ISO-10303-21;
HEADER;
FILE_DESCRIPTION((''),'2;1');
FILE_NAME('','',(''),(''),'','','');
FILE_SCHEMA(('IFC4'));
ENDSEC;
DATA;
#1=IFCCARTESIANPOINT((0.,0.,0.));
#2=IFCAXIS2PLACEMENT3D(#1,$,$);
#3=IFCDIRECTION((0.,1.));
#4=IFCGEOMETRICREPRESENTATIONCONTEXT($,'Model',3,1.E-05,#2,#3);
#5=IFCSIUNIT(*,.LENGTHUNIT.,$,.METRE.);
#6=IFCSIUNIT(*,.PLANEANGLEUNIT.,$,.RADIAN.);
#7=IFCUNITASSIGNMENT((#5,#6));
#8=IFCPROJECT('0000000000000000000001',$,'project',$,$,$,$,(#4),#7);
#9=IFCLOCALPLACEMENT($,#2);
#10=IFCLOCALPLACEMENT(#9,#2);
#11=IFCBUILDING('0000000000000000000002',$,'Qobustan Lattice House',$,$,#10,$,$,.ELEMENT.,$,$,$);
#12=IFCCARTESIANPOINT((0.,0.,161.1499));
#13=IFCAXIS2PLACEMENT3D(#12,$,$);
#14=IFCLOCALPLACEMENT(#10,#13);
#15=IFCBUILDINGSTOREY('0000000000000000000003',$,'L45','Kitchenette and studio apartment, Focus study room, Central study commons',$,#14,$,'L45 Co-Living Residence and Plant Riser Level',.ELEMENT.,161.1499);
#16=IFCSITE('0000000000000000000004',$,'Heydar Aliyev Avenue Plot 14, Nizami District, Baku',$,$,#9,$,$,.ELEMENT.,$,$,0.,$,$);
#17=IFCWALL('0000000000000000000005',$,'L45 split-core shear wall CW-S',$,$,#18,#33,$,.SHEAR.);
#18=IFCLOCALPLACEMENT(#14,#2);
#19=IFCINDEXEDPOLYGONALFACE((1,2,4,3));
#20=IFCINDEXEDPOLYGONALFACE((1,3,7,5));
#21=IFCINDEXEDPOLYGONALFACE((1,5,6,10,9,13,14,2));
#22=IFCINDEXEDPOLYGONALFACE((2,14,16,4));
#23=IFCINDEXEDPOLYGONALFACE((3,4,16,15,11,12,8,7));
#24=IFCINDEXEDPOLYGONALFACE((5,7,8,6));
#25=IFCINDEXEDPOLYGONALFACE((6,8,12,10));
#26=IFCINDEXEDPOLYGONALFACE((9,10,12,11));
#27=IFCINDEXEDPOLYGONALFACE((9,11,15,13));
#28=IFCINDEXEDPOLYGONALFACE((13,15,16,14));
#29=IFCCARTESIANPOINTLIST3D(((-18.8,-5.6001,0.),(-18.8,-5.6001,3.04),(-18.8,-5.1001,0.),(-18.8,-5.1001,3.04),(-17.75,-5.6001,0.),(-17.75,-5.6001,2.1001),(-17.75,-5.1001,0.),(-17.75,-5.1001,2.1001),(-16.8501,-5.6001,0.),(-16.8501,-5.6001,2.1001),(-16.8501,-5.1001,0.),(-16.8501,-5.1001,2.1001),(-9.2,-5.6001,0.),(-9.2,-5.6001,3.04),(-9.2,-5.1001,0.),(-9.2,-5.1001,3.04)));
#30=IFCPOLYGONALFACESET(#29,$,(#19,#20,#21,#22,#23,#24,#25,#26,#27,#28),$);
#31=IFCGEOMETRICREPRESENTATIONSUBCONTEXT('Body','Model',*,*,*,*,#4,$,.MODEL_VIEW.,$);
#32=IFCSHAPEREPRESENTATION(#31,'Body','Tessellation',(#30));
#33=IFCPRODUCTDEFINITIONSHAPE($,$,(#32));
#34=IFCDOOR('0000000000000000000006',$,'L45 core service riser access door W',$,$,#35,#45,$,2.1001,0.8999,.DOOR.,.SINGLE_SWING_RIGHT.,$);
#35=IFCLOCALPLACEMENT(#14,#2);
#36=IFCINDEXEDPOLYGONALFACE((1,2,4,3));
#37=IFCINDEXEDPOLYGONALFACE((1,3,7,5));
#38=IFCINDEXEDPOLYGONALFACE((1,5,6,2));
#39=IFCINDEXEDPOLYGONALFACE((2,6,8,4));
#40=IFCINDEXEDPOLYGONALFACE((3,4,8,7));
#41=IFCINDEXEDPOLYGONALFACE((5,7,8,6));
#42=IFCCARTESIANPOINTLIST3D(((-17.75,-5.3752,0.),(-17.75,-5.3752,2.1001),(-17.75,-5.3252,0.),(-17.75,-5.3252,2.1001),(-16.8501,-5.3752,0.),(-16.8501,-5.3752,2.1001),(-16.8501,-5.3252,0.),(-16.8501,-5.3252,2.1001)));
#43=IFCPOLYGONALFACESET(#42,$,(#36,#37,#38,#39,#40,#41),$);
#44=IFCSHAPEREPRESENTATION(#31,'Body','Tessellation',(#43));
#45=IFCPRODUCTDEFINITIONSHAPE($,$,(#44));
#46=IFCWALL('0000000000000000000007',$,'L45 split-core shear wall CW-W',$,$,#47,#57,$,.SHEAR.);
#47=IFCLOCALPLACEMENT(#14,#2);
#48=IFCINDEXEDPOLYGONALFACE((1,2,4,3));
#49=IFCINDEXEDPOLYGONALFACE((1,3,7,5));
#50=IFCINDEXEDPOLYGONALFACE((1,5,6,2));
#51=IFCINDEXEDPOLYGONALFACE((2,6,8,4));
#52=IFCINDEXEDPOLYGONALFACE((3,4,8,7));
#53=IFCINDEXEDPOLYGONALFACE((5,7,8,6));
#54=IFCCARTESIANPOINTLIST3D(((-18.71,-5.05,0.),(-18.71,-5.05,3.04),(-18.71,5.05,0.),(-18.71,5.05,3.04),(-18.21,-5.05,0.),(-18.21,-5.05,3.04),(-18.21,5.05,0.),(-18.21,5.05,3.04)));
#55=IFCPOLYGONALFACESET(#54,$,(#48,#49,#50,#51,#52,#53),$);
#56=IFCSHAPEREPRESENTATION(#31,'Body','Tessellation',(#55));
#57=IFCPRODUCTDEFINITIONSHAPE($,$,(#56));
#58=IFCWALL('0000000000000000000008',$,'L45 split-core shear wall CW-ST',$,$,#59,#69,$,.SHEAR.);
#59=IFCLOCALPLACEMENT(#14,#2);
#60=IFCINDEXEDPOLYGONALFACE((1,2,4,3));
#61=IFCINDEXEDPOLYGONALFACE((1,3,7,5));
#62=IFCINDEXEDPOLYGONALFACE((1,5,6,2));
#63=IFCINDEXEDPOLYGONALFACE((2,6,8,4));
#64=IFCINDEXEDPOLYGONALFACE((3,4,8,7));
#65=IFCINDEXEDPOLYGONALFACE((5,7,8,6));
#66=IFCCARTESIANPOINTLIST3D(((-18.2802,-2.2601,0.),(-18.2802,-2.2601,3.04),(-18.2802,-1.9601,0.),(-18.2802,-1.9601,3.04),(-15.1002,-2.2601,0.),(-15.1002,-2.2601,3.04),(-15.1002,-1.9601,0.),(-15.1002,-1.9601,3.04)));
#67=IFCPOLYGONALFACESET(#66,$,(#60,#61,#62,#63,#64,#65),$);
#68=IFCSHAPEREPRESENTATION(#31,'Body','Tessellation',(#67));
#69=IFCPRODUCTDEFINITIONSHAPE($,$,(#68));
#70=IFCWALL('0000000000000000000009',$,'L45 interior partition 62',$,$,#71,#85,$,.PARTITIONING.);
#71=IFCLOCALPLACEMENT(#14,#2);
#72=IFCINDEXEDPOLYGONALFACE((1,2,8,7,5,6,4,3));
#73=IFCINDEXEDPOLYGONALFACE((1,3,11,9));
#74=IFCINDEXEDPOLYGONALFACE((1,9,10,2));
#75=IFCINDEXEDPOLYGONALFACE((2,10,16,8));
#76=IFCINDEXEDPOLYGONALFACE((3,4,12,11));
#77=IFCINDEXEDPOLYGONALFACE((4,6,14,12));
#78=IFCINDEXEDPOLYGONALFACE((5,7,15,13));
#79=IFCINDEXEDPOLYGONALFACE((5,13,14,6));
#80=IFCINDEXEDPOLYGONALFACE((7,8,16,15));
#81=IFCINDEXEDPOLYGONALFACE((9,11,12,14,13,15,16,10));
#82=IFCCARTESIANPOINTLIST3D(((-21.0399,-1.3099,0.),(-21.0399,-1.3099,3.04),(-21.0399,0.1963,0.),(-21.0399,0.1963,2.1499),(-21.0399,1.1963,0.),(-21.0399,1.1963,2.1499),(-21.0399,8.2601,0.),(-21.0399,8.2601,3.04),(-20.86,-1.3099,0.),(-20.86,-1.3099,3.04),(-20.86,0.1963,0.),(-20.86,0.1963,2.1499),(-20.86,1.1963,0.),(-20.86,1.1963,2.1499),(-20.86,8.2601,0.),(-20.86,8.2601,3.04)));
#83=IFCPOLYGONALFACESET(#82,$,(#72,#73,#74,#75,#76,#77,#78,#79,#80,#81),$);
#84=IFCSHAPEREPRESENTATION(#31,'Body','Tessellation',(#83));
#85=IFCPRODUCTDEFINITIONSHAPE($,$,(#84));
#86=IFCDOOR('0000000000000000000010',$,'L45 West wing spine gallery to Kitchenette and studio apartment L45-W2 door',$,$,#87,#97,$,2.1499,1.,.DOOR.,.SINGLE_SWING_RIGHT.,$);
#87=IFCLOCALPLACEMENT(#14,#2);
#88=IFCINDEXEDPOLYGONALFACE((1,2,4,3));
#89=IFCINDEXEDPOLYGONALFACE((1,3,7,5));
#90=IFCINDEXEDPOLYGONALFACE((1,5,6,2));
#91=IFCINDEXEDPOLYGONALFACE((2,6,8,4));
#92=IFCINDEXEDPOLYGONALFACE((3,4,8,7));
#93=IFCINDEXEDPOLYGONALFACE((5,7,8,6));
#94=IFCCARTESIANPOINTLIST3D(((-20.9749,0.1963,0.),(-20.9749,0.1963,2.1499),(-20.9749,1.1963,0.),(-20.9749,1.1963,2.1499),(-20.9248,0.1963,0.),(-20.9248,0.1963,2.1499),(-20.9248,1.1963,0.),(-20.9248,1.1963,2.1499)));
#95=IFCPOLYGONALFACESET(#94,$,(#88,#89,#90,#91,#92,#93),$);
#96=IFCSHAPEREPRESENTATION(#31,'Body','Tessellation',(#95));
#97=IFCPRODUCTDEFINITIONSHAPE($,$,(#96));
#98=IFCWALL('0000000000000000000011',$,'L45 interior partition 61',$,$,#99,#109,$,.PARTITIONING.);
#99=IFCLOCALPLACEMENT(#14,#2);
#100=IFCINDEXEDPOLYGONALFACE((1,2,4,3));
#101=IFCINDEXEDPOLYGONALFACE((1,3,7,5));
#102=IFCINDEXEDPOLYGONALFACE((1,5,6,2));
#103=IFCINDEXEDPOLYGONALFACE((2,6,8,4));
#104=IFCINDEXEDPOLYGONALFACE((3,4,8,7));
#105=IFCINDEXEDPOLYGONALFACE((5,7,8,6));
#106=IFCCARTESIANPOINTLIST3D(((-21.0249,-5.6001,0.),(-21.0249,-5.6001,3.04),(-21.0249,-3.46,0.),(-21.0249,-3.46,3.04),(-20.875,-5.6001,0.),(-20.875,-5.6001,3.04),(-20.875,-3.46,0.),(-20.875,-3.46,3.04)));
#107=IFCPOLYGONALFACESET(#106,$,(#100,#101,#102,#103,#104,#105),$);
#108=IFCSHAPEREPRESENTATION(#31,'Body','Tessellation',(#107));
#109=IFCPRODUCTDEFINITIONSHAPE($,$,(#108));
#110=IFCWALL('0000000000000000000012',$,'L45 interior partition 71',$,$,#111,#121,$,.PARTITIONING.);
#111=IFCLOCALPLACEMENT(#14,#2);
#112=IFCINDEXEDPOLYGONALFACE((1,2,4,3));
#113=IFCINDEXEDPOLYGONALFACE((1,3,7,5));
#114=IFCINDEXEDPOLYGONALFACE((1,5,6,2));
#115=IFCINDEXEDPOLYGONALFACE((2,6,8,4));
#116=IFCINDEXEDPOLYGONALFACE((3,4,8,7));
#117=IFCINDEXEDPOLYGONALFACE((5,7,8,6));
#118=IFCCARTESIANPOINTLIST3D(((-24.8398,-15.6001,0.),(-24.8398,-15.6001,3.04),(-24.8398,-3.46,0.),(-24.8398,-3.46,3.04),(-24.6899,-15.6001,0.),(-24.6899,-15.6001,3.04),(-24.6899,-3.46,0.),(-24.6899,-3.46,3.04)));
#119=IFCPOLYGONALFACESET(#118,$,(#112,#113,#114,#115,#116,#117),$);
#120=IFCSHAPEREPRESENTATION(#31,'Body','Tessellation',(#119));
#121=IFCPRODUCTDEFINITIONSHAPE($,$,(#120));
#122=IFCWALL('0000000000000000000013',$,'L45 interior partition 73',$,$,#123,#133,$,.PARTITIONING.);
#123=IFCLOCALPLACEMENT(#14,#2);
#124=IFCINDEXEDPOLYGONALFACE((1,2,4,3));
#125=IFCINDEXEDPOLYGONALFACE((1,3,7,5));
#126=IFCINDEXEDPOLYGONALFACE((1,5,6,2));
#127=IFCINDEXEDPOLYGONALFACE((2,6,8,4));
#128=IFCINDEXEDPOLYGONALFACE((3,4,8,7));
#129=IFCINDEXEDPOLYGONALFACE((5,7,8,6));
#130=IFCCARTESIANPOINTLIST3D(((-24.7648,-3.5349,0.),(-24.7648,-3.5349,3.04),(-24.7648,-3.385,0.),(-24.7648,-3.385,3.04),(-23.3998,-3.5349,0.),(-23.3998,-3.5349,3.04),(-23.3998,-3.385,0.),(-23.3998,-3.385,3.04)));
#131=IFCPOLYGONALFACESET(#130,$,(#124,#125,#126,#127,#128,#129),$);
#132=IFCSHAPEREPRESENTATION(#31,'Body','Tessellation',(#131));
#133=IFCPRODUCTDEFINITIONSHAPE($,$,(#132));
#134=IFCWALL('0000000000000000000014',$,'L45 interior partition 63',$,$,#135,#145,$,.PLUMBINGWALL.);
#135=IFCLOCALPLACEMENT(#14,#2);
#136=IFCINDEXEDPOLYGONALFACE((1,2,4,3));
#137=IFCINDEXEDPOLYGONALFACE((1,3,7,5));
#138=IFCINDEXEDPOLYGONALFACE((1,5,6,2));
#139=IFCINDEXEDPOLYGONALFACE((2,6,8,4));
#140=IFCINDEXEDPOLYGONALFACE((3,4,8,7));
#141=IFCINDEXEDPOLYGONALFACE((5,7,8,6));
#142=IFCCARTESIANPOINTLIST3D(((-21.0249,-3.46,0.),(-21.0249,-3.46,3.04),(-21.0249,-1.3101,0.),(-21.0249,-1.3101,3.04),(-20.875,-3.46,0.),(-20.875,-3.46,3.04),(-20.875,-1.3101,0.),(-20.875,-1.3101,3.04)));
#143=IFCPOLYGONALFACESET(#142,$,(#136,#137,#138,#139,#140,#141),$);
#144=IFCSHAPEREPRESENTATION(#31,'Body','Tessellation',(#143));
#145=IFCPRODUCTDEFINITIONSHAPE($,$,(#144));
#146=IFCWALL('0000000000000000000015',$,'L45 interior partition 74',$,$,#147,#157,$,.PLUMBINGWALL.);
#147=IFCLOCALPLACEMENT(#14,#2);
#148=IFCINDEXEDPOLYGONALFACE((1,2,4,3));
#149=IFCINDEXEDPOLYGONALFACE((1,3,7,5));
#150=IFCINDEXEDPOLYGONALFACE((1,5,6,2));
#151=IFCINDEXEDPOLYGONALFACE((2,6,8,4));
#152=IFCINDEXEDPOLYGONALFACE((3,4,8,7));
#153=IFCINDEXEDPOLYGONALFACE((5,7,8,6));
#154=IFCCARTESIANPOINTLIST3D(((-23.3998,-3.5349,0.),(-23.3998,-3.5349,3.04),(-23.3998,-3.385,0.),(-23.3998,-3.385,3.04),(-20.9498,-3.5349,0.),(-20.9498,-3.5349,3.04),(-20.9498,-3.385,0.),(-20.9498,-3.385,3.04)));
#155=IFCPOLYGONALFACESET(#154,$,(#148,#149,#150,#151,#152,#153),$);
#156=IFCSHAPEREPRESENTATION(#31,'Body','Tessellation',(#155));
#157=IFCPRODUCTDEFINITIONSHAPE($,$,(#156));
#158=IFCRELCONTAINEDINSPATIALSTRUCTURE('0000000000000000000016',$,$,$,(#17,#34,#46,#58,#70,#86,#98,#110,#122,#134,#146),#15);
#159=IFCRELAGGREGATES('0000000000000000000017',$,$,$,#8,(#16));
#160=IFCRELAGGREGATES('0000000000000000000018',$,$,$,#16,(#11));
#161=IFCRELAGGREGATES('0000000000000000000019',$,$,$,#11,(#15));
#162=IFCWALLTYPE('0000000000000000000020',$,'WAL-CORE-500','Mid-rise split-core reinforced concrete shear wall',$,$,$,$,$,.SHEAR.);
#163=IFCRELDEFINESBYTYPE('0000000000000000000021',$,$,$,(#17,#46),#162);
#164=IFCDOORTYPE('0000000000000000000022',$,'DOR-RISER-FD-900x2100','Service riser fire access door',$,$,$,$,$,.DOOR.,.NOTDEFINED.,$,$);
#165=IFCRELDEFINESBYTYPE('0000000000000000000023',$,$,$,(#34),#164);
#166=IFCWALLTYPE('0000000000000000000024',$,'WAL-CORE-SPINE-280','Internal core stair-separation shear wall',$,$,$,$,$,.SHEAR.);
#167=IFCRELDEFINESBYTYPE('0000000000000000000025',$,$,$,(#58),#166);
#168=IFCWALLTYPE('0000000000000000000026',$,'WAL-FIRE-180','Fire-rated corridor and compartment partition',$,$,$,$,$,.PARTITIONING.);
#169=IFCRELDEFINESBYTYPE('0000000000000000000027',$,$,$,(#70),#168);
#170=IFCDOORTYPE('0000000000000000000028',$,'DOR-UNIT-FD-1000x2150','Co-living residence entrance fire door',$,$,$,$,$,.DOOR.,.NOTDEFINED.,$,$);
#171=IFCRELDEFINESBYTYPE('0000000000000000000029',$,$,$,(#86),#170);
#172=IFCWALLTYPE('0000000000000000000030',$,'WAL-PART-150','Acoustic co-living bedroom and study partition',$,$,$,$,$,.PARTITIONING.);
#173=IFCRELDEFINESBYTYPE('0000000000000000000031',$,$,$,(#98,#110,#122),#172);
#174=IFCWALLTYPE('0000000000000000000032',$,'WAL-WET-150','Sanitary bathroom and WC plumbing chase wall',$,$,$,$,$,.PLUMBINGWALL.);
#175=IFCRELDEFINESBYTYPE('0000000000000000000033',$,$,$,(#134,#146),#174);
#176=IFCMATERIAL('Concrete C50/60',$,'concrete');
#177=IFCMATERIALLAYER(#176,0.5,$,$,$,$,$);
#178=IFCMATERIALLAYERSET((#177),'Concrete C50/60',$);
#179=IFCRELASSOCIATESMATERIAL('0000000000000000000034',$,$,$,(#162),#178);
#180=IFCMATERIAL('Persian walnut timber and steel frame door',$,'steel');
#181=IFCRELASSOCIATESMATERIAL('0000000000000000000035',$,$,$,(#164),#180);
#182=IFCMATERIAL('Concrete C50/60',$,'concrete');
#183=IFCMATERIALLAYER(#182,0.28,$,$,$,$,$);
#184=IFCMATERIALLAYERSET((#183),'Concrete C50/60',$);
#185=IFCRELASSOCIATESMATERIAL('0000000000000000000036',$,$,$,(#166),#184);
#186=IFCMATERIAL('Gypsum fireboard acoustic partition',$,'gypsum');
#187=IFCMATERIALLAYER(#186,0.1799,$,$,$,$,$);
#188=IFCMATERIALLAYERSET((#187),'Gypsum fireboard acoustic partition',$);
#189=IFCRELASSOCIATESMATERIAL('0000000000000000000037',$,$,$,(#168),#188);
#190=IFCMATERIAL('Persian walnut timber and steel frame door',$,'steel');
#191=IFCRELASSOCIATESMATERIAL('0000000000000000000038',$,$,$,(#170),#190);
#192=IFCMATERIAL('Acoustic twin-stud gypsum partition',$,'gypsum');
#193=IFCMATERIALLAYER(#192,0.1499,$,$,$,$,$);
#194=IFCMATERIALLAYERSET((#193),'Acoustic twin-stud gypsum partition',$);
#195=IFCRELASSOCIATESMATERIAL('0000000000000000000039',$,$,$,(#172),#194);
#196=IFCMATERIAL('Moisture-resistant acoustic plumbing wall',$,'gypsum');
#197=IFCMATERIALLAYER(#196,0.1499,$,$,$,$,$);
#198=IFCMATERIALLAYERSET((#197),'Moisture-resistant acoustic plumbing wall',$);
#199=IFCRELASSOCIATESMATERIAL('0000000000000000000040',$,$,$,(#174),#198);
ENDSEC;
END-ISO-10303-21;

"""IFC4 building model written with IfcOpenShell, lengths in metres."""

from ifc_helpers import new_model, si_unit, direction, frame, frame_2d, origin, place, context, subcontext, project, spatial, rectangle, extrude, material, layer, layer_set, type_object, element, fill, save


model = new_model("IFC4")

# Units and contexts
model_context = context("Model", 3, precision=1e-05, world=origin(), true_north=direction((0.0, 1.0)))
body_context = subcontext(model_context, "Body", "Model", "MODEL_VIEW")
ifc_project = project(units=[si_unit("LENGTHUNIT", "METRE"), si_unit("PLANEANGLEUNIT", "RADIAN")], contexts=[model_context])

# Site, building, storey
site_placement = place(None, origin())
site = spatial("IfcSite", under=ifc_project, at=site_placement, Name="Heydar Aliyev Avenue Plot 14, Nizami District, Baku", CompositionType="ELEMENT", RefElevation=0.0)
building_placement = place(site_placement, origin())
building = spatial("IfcBuilding", under=site, at=building_placement, Name="Qobustan Lattice House", CompositionType="ELEMENT")
storey_placement = place(building_placement, frame((0.0, 0.0, 161.1499)))
storey = spatial("IfcBuildingStorey", under=building, at=storey_placement, Name="L45", Description="Kitchenette and studio apartment, Focus study room, Central study commons", LongName="L45 Co-Living Residence and Plant Riser Level", CompositionType="ELEMENT", Elevation=161.1499)

# Wall, opening, door
ifc_material_1 = material(Name="Concrete C50/60", Category="concrete")
ifc_layer_1 = layer(ifc_material_1, 0.5)
ifc_layer_set_1 = layer_set([ifc_layer_1], Name="Concrete C50/60")
wall_type_1 = type_object("IfcWallType", Name="WAL-CORE-500", Description="Mid-rise split-core reinforced concrete shear wall", PredefinedType="SHEAR", material=ifc_layer_set_1)
wall_1_placement = place(storey_placement, frame((-18.8, -5.3501, 0.0), z_axis=(0.0, 0.0, 1.0), x_axis=(1.0, 0.0, 0.0)))
wall_1 = element("IfcWall", 1, at=wall_1_placement, inside=storey, type_object=wall_type_1, Name="L45 split-core shear wall CW-S", PredefinedType="SHEAR", context=body_context, shape_type="SweptSolid", body=[
    extrude(rectangle(XDim=9.6001, YDim=0.5, at=frame_2d((4.8, 0.0))), origin(), (0.0, 0.0, 1.0), 3.04),
])
opening_1_placement = place(wall_1_placement, frame((1.05, 0.0, 0.0)))
opening_1 = element("IfcOpeningElement", 2, at=opening_1_placement, cuts=wall_1, PredefinedType="OPENING", context=body_context, shape_type="SweptSolid", body=[
    extrude(rectangle(XDim=0.8999, YDim=2.1001, at=frame_2d((0.45, 1.05))), frame((0.0, 0.26, 0.0), z_axis=(0.0, -1.0, 0.0), x_axis=(1.0, 0.0, 0.0)), (0.0, 0.0, 1.0), 0.52),
])
ifc_material_2 = material(Name="Persian walnut timber and steel frame door", Category="steel")
door_type_1 = type_object("IfcDoorType", Name="DOR-RISER-FD-900x2100", Description="Service riser fire access door", OperationType="NOTDEFINED", PredefinedType="DOOR", material=ifc_material_2)
door_1_placement = place(opening_1_placement, origin())
door_1 = element("IfcDoor", 3, at=door_1_placement, inside=storey, type_object=door_type_1, Name="L45 core service riser access door W", OperationType="SINGLE_SWING_RIGHT", OverallHeight=2.1001, OverallWidth=0.8999, PredefinedType="DOOR", context=body_context, shape_type="SweptSolid", body=[
    extrude(rectangle(XDim=0.8999, YDim=2.1001, at=frame_2d((0.45, 1.05))), frame((0.0, 0.0249, 0.0), z_axis=(0.0, -1.0, 0.0), x_axis=(1.0, 0.0, 0.0)), (0.0, 0.0, 1.0), 0.05),
])
fill(opening_1, door_1)

# Walls
wall_2_placement = place(storey_placement, frame((-18.46, -5.05, 0.0), z_axis=(0.0, 0.0, 1.0), x_axis=(0.0, 1.0, 0.0)))
element("IfcWall", 4, at=wall_2_placement, inside=storey, type_object=wall_type_1, Name="L45 split-core shear wall CW-W", PredefinedType="SHEAR", context=body_context, shape_type="SweptSolid", body=[
    extrude(rectangle(XDim=10.1001, YDim=0.5, at=frame_2d((5.05, 0.0))), origin(), (0.0, 0.0, 1.0), 3.04),
])
ifc_material_3 = material(Name="Concrete C50/60", Category="concrete")
ifc_layer_2 = layer(ifc_material_3, 0.28)
ifc_layer_set_2 = layer_set([ifc_layer_2], Name="Concrete C50/60")
wall_type_2 = type_object("IfcWallType", Name="WAL-CORE-SPINE-280", Description="Internal core stair-separation shear wall", PredefinedType="SHEAR", material=ifc_layer_set_2)
wall_3_placement = place(storey_placement, frame((-18.28, -2.1101, 0.0), z_axis=(0.0, 0.0, 1.0), x_axis=(1.0, 0.0, 0.0)))
element("IfcWall", 5, at=wall_3_placement, inside=storey, type_object=wall_type_2, Name="L45 split-core shear wall CW-ST", PredefinedType="SHEAR", context=body_context, shape_type="SweptSolid", body=[
    extrude(rectangle(XDim=3.1799, YDim=0.3, at=frame_2d((1.5898, 0.0))), origin(), (0.0, 0.0, 1.0), 3.04),
])

# Wall, opening, door
ifc_material_4 = material(Name="Gypsum fireboard acoustic partition", Category="gypsum")
ifc_layer_3 = layer(ifc_material_4, 0.1799)
ifc_layer_set_3 = layer_set([ifc_layer_3], Name="Gypsum fireboard acoustic partition")
wall_type_3 = type_object("IfcWallType", Name="WAL-FIRE-180", Description="Fire-rated corridor and compartment partition", PredefinedType="PARTITIONING", material=ifc_layer_set_3)
wall_4_placement = place(storey_placement, frame((-20.95, -1.3101, 0.0), z_axis=(0.0, 0.0, 1.0), x_axis=(0.0, 1.0, 0.0)))
wall_4 = element("IfcWall", 6, at=wall_4_placement, inside=storey, type_object=wall_type_3, Name="L45 interior partition 62", PredefinedType="PARTITIONING", context=body_context, shape_type="SweptSolid", body=[
    extrude(rectangle(XDim=9.5701, YDim=0.1799, at=frame_2d((4.7852, 0.0))), origin(), (0.0, 0.0, 1.0), 3.04),
])
opening_2_placement = place(wall_4_placement, frame((1.5063, 0.0, 0.0)))
opening_2 = element("IfcOpeningElement", 7, at=opening_2_placement, cuts=wall_4, PredefinedType="OPENING", context=body_context, shape_type="SweptSolid", body=[
    extrude(rectangle(XDim=1.0, YDim=2.1499, at=frame_2d((0.5, 1.075))), frame((0.0, 0.0999, 0.0), z_axis=(0.0, -1.0, 0.0), x_axis=(1.0, 0.0, 0.0)), (0.0, 0.0, 1.0), 0.2),
])
ifc_material_5 = material(Name="Persian walnut timber and steel frame door", Category="steel")
door_type_2 = type_object("IfcDoorType", Name="DOR-UNIT-FD-1000x2150", Description="Co-living residence entrance fire door", OperationType="NOTDEFINED", PredefinedType="DOOR", material=ifc_material_5)
door_2_placement = place(opening_2_placement, origin())
door_2 = element("IfcDoor", 8, at=door_2_placement, inside=storey, type_object=door_type_2, Name="L45 West wing spine gallery to Kitchenette and studio apartment L45-W2 door", OperationType="SINGLE_SWING_RIGHT", OverallHeight=2.1499, OverallWidth=1.0, PredefinedType="DOOR", context=body_context, shape_type="SweptSolid", body=[
    extrude(rectangle(XDim=1.0, YDim=2.1499, at=frame_2d((0.5, 1.075))), frame((0.0, 0.0249, 0.0), z_axis=(0.0, -1.0, 0.0), x_axis=(1.0, 0.0, 0.0)), (0.0, 0.0, 1.0), 0.05),
])
fill(opening_2, door_2)

# Walls
ifc_material_6 = material(Name="Acoustic twin-stud gypsum partition", Category="gypsum")
ifc_layer_4 = layer(ifc_material_6, 0.1499)
ifc_layer_set_4 = layer_set([ifc_layer_4], Name="Acoustic twin-stud gypsum partition")
wall_type_4 = type_object("IfcWallType", Name="WAL-PART-150", Description="Acoustic co-living bedroom and study partition", PredefinedType="PARTITIONING", material=ifc_layer_set_4)
wall_5_placement = place(storey_placement, frame((-20.95, -5.6001, 0.0), z_axis=(0.0, 0.0, 1.0), x_axis=(0.0, 1.0, 0.0)))
element("IfcWall", 9, at=wall_5_placement, inside=storey, type_object=wall_type_4, Name="L45 interior partition 61", PredefinedType="PARTITIONING", context=body_context, shape_type="SweptSolid", body=[
    extrude(rectangle(XDim=2.1401, YDim=0.1499, at=frame_2d((1.0701, 0.0))), origin(), (0.0, 0.0, 1.0), 3.04),
])
wall_6_placement = place(storey_placement, frame((-24.7649, -3.46, 0.0), z_axis=(0.0, 0.0, 1.0), x_axis=(0.0, -1.0, 0.0)))
element("IfcWall", 10, at=wall_6_placement, inside=storey, type_object=wall_type_4, Name="L45 interior partition 71", PredefinedType="PARTITIONING", context=body_context, shape_type="SweptSolid", body=[
    extrude(rectangle(XDim=12.1401, YDim=0.1499, at=frame_2d((6.0701, 0.0))), origin(), (0.0, 0.0, 1.0), 3.04),
])

# Walls
wall_7_placement = place(storey_placement, frame((-24.7649, -3.46, 0.0), z_axis=(0.0, 0.0, 1.0), x_axis=(1.0, 0.0, 0.0)))
element("IfcWall", 11, at=wall_7_placement, inside=storey, type_object=wall_type_4, Name="L45 interior partition 73", PredefinedType="PARTITIONING", context=body_context, shape_type="SweptSolid", body=[
    extrude(rectangle(XDim=1.365, YDim=0.1499, at=frame_2d((0.6826, 0.0))), origin(), (0.0, 0.0, 1.0), 3.04),
])
ifc_material_7 = material(Name="Moisture-resistant acoustic plumbing wall", Category="gypsum")
ifc_layer_5 = layer(ifc_material_7, 0.1499)
ifc_layer_set_5 = layer_set([ifc_layer_5], Name="Moisture-resistant acoustic plumbing wall")
wall_type_5 = type_object("IfcWallType", Name="WAL-WET-150", Description="Sanitary bathroom and WC plumbing chase wall", PredefinedType="PLUMBINGWALL", material=ifc_layer_set_5)
wall_8_placement = place(storey_placement, frame((-20.95, -3.46, 0.0), z_axis=(0.0, 0.0, 1.0), x_axis=(0.0, 1.0, 0.0)))
element("IfcWall", 12, at=wall_8_placement, inside=storey, type_object=wall_type_5, Name="L45 interior partition 63", PredefinedType="PLUMBINGWALL", context=body_context, shape_type="SweptSolid", body=[
    extrude(rectangle(XDim=2.1499, YDim=0.1499, at=frame_2d((1.075, 0.0))), origin(), (0.0, 0.0, 1.0), 3.04),
])
wall_9_placement = place(storey_placement, frame((-23.3999, -3.46, 0.0), z_axis=(0.0, 0.0, 1.0), x_axis=(1.0, 0.0, 0.0)))
element("IfcWall", 13, at=wall_9_placement, inside=storey, type_object=wall_type_5, Name="L45 interior partition 74", PredefinedType="PLUMBINGWALL", context=body_context, shape_type="SweptSolid", body=[
    extrude(rectangle(XDim=2.45, YDim=0.1499, at=frame_2d((1.2251, 0.0))), origin(), (0.0, 0.0, 1.0), 3.04),
])

save(model, "model.ifc")
